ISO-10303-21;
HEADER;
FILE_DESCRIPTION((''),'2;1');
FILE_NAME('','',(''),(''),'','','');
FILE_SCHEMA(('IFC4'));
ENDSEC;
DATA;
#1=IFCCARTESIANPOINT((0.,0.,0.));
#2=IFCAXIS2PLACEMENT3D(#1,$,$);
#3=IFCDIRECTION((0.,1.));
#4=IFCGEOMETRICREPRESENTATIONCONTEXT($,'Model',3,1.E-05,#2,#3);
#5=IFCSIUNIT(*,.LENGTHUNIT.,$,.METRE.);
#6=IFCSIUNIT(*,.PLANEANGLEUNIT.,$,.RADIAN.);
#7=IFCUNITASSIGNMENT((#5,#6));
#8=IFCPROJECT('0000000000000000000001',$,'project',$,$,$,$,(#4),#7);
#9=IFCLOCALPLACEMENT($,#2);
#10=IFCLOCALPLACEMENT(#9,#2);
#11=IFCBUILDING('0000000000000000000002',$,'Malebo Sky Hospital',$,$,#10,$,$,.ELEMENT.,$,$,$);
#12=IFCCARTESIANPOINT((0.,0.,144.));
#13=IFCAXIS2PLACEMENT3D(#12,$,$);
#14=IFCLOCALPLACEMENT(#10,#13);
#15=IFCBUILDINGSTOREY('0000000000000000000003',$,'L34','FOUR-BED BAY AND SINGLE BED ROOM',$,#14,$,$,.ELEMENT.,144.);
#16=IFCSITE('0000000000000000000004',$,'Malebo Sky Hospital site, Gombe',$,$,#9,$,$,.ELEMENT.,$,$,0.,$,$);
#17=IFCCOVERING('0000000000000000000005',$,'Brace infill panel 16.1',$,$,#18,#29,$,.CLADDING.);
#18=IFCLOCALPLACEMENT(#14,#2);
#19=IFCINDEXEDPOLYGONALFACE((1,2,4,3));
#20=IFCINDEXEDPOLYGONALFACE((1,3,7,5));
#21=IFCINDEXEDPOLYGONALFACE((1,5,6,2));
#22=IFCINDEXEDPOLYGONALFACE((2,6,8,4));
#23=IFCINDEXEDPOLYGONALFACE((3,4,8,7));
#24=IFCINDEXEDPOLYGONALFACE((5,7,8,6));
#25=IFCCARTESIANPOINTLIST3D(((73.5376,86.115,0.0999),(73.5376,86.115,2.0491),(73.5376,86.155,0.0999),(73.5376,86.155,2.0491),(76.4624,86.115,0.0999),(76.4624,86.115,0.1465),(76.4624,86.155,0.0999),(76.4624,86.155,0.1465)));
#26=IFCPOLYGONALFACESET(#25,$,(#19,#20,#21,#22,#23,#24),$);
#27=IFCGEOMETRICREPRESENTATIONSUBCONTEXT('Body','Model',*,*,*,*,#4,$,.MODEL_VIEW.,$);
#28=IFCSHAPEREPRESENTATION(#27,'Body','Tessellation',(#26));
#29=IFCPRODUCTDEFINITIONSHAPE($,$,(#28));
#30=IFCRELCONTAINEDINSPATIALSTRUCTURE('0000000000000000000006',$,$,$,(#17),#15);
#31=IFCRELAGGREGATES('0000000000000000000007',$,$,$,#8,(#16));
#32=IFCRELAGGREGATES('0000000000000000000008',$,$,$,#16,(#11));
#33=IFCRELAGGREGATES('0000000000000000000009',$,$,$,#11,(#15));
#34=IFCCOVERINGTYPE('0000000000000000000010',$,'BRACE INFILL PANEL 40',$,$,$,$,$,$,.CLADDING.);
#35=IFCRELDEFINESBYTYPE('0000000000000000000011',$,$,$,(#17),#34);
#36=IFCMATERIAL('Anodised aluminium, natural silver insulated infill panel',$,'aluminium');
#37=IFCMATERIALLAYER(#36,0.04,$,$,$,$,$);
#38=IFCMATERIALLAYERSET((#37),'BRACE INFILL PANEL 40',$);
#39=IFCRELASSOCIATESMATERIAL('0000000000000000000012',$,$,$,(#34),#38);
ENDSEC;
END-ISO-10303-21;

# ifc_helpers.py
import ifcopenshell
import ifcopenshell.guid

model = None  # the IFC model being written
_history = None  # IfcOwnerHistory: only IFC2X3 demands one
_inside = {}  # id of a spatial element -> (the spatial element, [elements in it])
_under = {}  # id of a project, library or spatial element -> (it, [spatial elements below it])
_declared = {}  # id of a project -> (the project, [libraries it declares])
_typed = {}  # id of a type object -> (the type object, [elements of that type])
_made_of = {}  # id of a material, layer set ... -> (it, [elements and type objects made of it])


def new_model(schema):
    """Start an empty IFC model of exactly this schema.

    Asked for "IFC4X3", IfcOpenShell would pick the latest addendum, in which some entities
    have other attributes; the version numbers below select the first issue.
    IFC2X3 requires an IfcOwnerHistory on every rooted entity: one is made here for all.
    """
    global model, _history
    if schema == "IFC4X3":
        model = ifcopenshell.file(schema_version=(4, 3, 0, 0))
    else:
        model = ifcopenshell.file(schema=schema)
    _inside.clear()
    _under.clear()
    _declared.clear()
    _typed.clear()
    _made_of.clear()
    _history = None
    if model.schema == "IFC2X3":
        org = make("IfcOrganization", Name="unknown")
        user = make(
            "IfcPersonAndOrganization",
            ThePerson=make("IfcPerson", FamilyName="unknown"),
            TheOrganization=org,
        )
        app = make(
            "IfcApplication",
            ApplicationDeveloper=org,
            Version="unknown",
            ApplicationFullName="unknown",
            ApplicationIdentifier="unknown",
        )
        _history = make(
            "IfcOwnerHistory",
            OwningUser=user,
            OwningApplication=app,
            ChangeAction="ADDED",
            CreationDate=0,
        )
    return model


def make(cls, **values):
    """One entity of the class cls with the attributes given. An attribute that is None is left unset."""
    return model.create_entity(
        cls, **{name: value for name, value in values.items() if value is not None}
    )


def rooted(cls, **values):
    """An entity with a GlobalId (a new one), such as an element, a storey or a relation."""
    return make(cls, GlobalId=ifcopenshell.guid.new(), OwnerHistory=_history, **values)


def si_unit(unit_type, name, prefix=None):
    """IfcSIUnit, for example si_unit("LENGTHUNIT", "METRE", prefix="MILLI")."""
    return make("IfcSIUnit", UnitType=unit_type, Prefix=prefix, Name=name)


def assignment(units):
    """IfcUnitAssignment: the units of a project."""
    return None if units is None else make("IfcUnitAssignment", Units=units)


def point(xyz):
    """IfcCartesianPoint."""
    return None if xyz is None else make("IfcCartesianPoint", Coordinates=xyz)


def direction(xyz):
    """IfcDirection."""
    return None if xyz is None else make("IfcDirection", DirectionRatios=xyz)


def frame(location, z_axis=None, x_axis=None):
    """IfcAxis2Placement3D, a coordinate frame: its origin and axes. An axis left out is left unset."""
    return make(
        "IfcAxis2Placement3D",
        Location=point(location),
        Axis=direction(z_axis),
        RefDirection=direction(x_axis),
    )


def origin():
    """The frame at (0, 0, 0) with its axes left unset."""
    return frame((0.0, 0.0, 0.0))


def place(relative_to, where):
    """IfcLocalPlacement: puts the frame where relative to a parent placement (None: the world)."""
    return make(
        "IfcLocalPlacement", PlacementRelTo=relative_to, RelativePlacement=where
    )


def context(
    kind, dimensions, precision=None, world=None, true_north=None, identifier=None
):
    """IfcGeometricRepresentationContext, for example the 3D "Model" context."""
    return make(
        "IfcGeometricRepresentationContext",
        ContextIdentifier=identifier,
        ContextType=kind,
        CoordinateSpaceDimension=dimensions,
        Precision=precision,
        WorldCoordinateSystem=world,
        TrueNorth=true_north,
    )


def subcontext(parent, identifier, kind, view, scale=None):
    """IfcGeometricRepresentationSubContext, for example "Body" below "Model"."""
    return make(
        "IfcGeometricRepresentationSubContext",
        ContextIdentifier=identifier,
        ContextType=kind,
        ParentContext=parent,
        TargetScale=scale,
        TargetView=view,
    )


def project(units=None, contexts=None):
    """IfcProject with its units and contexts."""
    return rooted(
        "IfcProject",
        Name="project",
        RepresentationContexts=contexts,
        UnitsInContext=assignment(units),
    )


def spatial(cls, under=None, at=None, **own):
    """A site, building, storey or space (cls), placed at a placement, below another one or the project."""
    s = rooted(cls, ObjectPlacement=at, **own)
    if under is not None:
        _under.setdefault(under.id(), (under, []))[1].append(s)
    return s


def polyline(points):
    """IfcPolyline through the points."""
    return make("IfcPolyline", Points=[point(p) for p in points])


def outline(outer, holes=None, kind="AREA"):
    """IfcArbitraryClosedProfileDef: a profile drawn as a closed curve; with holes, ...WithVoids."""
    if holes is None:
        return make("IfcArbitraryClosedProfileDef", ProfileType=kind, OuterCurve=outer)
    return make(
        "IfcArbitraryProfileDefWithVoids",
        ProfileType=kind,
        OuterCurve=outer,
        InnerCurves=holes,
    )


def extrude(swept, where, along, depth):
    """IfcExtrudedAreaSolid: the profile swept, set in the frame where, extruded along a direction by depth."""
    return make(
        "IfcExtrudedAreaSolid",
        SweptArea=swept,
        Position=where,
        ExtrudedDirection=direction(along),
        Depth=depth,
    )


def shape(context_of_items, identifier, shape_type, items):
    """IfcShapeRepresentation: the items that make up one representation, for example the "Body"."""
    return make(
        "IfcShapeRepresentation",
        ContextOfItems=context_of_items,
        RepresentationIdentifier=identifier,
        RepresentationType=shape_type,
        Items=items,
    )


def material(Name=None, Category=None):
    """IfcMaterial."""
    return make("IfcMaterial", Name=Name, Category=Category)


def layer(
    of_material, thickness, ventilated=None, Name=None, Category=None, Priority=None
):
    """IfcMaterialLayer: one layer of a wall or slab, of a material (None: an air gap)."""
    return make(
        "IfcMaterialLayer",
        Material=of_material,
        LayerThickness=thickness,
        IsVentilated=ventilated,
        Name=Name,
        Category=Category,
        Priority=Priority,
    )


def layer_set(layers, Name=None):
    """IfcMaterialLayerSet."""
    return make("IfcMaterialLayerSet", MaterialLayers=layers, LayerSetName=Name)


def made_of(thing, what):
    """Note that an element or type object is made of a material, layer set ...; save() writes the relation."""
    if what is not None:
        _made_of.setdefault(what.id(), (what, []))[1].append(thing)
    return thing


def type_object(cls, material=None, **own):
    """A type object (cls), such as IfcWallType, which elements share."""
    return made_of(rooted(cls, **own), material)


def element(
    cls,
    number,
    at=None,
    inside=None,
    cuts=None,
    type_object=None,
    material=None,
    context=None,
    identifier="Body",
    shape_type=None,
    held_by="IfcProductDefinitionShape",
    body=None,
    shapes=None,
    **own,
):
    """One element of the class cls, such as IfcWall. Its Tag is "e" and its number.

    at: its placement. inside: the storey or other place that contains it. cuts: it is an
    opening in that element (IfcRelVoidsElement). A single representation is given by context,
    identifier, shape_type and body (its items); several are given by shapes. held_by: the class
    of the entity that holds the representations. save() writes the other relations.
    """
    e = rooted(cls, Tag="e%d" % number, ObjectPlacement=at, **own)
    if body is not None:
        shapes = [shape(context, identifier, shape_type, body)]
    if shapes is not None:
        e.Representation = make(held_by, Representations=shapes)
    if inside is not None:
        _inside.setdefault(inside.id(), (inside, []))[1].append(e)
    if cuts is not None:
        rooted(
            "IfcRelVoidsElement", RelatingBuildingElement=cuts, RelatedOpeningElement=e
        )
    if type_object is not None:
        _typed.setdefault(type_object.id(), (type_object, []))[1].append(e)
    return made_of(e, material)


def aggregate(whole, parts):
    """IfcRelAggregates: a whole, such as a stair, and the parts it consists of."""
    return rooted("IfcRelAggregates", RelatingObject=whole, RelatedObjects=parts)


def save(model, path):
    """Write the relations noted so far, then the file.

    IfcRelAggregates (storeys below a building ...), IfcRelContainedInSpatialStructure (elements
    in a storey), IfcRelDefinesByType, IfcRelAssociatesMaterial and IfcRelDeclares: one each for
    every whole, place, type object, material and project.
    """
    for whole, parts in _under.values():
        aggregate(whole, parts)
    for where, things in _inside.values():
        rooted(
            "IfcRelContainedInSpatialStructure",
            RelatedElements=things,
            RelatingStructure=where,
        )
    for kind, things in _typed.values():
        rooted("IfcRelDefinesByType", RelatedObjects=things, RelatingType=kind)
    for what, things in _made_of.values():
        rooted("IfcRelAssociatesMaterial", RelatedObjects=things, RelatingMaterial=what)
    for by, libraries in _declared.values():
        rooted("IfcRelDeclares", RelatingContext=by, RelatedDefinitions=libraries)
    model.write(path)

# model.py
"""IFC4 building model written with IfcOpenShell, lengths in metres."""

from ifc_helpers import new_model, si_unit, direction, frame, origin, place, context, subcontext, project, spatial, polyline, outline, extrude, material, layer, layer_set, type_object, element, save


model = new_model("IFC4")

# Units and contexts
model_context = context("Model", 3, precision=1e-05, world=origin(), true_north=direction((0.0, 1.0)))
body_context = subcontext(model_context, "Body", "Model", "MODEL_VIEW")
ifc_project = project(units=[si_unit("LENGTHUNIT", "METRE"), si_unit("PLANEANGLEUNIT", "RADIAN")], contexts=[model_context])

# Site, building, storey
site_placement = place(None, origin())
site = spatial("IfcSite", under=ifc_project, at=site_placement, Name="Malebo Sky Hospital site, Gombe", CompositionType="ELEMENT", RefElevation=0.0)
building_placement = place(site_placement, origin())
building = spatial("IfcBuilding", under=site, at=building_placement, Name="Malebo Sky Hospital", CompositionType="ELEMENT")
storey_placement = place(building_placement, frame((0.0, 0.0, 144.0)))
storey = spatial("IfcBuildingStorey", under=building, at=storey_placement, Name="L34", Description="FOUR-BED BAY AND SINGLE BED ROOM", CompositionType="ELEMENT", Elevation=144.0)

# Covering
ifc_material_1 = material(Name="Anodised aluminium, natural silver insulated infill panel", Category="aluminium")
ifc_layer_1 = layer(ifc_material_1, 0.04)
ifc_layer_set_1 = layer_set([ifc_layer_1], Name="BRACE INFILL PANEL 40")
covering_type = type_object("IfcCoveringType", Name="BRACE INFILL PANEL 40", PredefinedType="CLADDING", material=ifc_layer_set_1)
covering_1_placement = place(storey_placement, frame((75.0, 86.135, 0.0999), z_axis=(0.0, 0.0, 1.0), x_axis=(1.0, 0.0, 0.0)))
element("IfcCovering", 1, at=covering_1_placement, inside=storey, type_object=covering_type, Name="Brace infill panel 16.1", PredefinedType="CLADDING", context=body_context, shape_type="SweptSolid", body=[
    extrude(outline(polyline([(-1.4624, 0.0), (1.4624, 0.0), (1.4624, 0.0466), (-1.4624, 1.9492), (-1.4624, 0.0)])), frame((0.0, 0.02, 0.0), z_axis=(0.0, -1.0, 0.0), x_axis=(1.0, 0.0, 0.0)), (0.0, 0.0, 1.0), 0.04),
])

save(model, "model.ifc")
